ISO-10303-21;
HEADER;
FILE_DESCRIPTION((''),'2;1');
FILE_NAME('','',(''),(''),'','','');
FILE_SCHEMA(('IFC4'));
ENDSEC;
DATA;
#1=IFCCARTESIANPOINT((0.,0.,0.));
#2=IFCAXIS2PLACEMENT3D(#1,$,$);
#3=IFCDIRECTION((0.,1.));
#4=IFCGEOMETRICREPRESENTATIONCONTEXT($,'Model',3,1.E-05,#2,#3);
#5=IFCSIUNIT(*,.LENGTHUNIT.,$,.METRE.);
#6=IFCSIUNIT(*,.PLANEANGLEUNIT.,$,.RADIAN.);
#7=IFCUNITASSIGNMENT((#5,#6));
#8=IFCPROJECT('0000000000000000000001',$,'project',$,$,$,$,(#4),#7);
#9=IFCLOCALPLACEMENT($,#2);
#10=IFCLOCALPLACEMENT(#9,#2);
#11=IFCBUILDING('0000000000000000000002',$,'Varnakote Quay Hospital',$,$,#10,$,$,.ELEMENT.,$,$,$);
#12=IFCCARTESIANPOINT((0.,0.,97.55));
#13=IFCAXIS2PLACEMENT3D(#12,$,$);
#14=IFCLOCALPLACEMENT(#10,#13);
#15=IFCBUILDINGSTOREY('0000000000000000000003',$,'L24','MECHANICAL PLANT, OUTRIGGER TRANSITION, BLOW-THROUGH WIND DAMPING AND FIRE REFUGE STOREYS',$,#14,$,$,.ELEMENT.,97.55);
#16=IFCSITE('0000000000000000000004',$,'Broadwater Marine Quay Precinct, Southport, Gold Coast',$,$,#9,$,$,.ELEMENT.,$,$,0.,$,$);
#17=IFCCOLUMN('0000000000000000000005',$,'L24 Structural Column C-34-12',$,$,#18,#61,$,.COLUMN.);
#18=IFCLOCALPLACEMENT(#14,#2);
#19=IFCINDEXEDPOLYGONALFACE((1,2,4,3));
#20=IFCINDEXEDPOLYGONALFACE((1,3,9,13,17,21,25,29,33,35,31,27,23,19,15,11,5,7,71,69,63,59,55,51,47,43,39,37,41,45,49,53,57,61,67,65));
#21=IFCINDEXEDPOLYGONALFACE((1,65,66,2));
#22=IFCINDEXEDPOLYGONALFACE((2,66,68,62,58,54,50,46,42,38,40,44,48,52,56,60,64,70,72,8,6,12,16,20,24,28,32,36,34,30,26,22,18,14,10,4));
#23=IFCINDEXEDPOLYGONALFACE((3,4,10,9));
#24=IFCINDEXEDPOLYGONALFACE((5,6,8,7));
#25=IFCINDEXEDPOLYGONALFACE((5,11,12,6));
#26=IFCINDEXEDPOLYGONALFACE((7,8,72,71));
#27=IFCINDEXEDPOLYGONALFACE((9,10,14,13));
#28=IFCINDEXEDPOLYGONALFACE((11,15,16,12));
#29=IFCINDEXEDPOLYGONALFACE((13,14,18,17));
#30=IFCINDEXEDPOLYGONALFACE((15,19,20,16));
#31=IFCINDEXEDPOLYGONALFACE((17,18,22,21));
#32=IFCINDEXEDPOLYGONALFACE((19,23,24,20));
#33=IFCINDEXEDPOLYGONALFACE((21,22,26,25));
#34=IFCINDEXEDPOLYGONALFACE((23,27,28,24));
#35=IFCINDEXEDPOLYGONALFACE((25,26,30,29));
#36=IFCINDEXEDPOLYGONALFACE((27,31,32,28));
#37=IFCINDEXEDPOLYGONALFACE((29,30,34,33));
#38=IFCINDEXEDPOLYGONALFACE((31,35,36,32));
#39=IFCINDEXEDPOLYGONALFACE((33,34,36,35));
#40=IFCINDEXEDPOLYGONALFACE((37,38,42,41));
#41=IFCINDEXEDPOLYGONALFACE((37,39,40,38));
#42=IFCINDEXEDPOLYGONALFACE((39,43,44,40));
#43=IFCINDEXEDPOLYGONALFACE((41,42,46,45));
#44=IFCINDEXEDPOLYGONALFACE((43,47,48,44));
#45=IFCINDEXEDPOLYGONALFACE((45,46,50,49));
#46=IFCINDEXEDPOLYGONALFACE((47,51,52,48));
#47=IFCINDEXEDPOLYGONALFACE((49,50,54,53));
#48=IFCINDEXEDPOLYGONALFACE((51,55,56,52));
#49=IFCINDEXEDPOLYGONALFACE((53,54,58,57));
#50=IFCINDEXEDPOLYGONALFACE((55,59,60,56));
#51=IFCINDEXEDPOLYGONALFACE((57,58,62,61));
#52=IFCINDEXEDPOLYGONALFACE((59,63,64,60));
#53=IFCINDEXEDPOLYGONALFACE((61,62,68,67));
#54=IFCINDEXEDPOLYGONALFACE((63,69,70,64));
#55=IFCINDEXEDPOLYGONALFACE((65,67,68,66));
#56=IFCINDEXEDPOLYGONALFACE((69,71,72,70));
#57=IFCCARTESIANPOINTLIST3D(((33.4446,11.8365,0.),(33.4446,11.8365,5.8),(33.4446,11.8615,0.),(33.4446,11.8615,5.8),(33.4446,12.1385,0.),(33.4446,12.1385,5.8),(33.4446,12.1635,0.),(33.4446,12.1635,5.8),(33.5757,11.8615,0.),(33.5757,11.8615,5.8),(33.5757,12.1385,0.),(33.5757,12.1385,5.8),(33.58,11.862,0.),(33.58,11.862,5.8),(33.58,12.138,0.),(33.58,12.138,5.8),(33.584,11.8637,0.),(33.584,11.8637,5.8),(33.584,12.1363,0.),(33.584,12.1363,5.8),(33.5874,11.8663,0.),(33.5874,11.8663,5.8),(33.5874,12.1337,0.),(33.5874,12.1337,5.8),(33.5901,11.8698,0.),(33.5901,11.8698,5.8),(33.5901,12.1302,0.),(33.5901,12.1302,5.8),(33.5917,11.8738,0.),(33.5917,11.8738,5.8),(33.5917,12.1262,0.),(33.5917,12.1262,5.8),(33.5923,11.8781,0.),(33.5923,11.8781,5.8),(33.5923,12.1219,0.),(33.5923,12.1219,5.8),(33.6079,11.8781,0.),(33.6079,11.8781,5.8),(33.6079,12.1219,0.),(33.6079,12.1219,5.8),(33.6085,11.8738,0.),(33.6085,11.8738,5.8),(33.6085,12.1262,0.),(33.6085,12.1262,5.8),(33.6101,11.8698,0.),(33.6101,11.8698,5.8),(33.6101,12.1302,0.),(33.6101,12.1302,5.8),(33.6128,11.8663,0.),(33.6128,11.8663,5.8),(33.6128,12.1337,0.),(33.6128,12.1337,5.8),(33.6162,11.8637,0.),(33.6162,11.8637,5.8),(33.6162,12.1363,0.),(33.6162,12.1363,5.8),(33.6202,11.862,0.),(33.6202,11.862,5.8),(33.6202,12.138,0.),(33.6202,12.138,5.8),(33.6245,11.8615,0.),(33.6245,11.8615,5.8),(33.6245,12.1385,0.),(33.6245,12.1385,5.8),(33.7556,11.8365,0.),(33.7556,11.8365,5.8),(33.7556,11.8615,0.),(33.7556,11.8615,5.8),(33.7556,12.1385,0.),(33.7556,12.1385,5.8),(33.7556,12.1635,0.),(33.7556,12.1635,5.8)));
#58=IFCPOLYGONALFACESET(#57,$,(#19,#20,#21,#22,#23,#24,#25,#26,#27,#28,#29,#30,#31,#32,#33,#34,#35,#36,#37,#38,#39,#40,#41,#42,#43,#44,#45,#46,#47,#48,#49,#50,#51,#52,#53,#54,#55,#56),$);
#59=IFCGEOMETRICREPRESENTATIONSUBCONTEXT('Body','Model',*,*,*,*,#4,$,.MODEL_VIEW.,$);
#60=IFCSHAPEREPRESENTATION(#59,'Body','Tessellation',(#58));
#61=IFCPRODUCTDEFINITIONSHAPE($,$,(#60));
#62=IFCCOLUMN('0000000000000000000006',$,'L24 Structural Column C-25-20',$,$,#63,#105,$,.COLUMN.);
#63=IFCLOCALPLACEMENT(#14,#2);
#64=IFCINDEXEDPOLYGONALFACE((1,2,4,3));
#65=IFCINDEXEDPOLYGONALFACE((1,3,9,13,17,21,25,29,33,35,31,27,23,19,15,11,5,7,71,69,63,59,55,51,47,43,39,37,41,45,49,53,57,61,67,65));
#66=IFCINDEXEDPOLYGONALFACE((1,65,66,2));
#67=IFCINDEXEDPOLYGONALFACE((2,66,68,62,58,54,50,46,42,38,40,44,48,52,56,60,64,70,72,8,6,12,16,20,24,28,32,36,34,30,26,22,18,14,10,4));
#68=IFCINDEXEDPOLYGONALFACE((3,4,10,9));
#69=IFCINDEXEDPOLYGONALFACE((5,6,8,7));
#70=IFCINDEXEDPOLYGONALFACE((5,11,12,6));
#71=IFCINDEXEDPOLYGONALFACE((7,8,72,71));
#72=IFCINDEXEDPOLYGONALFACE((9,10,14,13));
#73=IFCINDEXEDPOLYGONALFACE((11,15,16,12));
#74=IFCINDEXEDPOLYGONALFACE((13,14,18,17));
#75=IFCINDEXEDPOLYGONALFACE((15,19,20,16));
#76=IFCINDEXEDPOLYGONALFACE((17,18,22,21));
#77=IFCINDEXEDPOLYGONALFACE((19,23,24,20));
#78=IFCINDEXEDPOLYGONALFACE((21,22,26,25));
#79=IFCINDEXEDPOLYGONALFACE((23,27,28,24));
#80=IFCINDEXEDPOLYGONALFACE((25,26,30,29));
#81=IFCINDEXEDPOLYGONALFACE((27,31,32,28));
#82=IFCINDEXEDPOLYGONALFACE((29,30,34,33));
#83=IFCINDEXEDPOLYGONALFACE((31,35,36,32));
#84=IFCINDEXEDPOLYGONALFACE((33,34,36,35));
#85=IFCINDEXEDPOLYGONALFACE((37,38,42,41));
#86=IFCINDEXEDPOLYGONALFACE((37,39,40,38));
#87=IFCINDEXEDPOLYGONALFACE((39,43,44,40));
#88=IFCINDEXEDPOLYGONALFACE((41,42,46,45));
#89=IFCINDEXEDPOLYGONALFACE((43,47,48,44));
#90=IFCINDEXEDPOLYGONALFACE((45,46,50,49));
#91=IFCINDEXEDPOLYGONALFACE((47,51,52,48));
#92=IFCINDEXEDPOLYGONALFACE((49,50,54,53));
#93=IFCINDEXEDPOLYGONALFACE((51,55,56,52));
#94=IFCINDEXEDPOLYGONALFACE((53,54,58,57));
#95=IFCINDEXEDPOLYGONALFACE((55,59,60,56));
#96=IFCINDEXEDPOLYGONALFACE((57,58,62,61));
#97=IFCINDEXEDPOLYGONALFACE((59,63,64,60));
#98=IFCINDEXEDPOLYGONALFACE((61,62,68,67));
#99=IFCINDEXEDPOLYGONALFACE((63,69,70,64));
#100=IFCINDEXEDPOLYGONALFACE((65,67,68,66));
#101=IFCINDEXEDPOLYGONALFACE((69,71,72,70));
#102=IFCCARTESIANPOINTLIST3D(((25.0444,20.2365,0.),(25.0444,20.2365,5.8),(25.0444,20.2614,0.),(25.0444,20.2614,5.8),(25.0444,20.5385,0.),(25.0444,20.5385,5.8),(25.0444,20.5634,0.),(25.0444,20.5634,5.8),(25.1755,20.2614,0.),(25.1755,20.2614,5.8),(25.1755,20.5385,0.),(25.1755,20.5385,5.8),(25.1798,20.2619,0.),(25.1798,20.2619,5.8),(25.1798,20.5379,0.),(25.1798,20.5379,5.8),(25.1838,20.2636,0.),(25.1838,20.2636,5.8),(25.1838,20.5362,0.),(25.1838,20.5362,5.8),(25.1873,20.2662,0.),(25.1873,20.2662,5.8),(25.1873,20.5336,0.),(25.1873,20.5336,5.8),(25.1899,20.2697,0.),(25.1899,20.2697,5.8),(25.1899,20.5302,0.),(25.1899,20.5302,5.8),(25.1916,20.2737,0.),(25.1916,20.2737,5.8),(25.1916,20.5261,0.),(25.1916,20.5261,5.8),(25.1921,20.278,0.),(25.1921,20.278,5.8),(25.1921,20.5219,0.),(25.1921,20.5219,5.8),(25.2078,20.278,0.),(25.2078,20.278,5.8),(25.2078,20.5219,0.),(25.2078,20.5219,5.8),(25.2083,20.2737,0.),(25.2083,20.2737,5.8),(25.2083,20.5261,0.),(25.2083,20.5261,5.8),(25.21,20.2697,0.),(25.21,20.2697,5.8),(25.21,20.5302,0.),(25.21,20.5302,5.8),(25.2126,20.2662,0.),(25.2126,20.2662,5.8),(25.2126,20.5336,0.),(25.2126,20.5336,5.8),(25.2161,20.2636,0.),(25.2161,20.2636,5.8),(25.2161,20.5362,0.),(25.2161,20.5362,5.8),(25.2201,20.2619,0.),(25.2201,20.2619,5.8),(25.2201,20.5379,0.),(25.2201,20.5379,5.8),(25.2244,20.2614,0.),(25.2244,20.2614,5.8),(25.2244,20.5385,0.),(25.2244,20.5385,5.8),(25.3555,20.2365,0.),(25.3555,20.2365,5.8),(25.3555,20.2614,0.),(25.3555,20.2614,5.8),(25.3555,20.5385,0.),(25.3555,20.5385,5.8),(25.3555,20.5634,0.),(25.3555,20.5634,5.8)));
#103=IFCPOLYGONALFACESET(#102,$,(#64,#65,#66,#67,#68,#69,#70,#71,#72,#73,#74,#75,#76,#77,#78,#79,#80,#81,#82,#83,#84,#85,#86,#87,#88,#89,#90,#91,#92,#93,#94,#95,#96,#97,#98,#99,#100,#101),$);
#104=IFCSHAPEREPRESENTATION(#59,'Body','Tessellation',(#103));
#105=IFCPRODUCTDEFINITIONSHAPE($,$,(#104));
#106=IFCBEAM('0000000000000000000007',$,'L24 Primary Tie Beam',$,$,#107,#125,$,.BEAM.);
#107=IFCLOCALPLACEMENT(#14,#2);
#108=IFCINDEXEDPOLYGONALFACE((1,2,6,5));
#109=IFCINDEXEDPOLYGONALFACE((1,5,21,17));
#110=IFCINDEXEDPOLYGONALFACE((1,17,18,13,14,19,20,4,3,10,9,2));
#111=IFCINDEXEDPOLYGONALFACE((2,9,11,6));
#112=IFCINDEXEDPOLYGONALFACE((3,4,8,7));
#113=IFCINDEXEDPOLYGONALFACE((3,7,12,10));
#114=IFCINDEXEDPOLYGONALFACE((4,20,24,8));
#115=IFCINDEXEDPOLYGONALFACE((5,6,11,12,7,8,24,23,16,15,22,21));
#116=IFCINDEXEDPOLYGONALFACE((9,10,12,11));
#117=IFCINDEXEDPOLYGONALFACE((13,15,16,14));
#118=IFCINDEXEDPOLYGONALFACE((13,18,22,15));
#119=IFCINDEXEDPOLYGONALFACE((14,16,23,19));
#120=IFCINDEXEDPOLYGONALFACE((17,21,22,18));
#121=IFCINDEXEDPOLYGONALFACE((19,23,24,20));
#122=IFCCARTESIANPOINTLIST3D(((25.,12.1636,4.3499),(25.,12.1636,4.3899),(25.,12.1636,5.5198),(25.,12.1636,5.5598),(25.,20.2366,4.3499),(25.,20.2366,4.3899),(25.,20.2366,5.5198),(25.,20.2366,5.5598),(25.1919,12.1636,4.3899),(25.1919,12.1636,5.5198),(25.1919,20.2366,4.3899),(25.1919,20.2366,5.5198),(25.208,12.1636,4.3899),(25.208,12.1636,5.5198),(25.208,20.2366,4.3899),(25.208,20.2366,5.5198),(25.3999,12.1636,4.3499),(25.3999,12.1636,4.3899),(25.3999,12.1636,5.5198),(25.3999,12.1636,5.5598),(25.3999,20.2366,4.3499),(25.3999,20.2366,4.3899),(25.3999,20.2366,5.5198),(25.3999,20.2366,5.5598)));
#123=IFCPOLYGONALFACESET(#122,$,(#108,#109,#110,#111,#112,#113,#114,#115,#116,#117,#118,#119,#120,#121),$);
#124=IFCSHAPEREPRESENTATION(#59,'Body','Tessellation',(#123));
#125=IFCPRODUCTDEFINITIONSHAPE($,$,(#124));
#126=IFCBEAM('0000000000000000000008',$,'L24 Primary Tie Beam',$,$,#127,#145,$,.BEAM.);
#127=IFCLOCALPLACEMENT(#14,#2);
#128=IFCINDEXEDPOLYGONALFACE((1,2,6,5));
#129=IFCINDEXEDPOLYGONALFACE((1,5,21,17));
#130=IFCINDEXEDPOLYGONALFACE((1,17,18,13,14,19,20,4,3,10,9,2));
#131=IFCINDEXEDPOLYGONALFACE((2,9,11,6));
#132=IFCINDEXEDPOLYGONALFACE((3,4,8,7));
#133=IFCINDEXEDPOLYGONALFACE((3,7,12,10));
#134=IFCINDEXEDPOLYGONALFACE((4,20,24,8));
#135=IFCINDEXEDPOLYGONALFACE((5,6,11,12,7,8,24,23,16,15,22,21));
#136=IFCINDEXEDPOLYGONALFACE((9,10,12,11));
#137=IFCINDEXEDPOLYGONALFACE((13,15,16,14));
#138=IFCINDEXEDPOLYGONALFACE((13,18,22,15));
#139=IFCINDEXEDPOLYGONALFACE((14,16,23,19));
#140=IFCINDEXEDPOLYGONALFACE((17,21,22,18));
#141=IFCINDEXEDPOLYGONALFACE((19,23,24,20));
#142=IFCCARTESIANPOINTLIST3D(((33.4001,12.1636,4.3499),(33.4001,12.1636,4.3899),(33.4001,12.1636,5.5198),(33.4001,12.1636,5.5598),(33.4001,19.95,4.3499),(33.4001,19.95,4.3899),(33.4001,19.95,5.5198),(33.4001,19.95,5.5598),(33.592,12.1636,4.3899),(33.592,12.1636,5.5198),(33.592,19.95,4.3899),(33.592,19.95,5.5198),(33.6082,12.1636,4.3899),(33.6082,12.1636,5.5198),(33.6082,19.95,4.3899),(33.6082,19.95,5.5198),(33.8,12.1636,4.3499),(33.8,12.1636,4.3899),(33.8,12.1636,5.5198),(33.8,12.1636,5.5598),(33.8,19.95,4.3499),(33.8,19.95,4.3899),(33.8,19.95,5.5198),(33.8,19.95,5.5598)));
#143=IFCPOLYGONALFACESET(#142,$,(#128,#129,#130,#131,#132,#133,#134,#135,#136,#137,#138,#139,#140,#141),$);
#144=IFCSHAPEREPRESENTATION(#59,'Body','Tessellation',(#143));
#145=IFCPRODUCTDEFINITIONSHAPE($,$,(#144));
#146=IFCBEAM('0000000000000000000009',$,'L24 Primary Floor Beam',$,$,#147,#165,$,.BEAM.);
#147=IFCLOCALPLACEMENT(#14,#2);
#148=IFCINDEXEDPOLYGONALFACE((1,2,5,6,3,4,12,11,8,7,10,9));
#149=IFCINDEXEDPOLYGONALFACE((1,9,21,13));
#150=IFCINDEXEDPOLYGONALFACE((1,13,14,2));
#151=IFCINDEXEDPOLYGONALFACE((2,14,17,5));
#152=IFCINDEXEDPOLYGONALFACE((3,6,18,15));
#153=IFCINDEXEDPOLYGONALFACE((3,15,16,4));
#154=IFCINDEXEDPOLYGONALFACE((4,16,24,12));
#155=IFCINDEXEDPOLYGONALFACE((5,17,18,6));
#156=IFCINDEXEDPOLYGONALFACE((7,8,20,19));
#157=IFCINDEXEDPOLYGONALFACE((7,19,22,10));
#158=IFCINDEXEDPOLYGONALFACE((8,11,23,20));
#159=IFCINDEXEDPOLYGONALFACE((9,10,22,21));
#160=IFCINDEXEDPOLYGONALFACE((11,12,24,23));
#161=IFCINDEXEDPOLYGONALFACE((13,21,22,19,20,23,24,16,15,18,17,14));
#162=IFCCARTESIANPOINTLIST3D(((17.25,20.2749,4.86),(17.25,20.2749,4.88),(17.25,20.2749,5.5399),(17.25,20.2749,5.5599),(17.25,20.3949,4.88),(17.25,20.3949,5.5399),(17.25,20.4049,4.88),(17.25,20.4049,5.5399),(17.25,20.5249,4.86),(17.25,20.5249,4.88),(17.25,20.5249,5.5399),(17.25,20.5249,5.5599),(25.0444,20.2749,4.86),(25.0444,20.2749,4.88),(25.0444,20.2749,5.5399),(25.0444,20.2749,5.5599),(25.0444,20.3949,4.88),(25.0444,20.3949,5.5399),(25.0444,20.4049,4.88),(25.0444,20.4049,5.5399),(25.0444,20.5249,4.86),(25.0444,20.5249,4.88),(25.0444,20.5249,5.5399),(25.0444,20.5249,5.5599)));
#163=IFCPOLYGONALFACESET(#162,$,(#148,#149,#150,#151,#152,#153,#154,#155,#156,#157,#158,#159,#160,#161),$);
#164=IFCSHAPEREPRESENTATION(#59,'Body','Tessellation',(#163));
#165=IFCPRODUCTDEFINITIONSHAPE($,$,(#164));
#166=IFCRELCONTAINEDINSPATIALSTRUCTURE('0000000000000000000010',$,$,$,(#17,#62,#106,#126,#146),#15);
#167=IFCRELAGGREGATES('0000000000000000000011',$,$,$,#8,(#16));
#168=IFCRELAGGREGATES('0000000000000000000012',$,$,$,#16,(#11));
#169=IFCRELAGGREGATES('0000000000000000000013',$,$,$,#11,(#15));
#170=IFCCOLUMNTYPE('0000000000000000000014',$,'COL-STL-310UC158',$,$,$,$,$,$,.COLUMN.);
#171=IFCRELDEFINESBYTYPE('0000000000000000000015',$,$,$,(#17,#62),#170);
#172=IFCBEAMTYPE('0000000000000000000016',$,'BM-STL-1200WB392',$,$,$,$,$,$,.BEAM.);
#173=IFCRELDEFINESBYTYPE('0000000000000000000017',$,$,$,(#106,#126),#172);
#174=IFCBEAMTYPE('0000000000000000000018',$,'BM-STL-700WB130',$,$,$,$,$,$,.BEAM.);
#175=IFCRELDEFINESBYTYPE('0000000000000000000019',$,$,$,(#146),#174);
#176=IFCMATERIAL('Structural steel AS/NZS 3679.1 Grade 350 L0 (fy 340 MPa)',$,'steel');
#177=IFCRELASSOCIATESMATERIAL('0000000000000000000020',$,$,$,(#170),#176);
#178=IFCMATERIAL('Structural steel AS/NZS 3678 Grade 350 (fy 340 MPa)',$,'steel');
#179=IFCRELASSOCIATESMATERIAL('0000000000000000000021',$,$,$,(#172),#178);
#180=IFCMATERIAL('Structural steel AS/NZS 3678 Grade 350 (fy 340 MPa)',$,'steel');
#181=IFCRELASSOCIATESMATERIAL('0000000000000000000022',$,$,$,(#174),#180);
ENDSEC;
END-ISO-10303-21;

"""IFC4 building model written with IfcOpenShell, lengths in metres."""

from ifc_helpers import new_model, si_unit, direction, frame, origin, origin_2d, place, context, subcontext, project, spatial, i_section, extrude, material, material_profile, profile_set, type_object, element, save


model = new_model("IFC4")

# Units and contexts
model_context = context("Model", 3, precision=1e-05, world=origin(), true_north=direction((0.0, 1.0)))
body_context = subcontext(model_context, "Body", "Model", "MODEL_VIEW")
ifc_project = project(units=[si_unit("LENGTHUNIT", "METRE"), si_unit("PLANEANGLEUNIT", "RADIAN")], contexts=[model_context])

# Site, building, storey
site_placement = place(None, origin())
site = spatial("IfcSite", under=ifc_project, at=site_placement, Name="Broadwater Marine Quay Precinct, Southport, Gold Coast", CompositionType="ELEMENT", RefElevation=0.0)
building_placement = place(site_placement, origin())
building = spatial("IfcBuilding", under=site, at=building_placement, Name="Varnakote Quay Hospital", CompositionType="ELEMENT")
storey_placement = place(building_placement, frame((0.0, 0.0, 97.55)))
storey = spatial("IfcBuildingStorey", under=building, at=storey_placement, Name="L24", Description="MECHANICAL PLANT, OUTRIGGER TRANSITION, BLOW-THROUGH WIND DAMPING AND FIRE REFUGE STOREYS", CompositionType="ELEMENT", Elevation=97.55)

# Columns
ifc_material_1 = material(Name="Structural steel AS/NZS 3679.1 Grade 350 L0 (fy 340 MPa)", Category="steel")
ifc_material_profile_1 = material_profile(ifc_material_1, i_section(OverallWidth=0.311, OverallDepth=0.3269, WebThickness=0.0156, FlangeThickness=0.0249, FilletRadius=0.0166, at=origin_2d()), Name="310UC158")
ifc_profile_set_1 = profile_set([ifc_material_profile_1], Name="Structural steel AS/NZS 3679.1 Grade 350 L0 (fy 340 MPa)")
column_type = type_object("IfcColumnType", Name="COL-STL-310UC158", PredefinedType="COLUMN", material=ifc_profile_set_1)
for number, where, z_axis, x_axis, name in (
    (1, (33.6001, 12.0, 0.0), (0.0, 0.0, 1.0), (1.0, 0.0, 0.0), "L24 Structural Column C-34-12"),
    (2, (25.2, 20.3999, 0.0), (0.0, 0.0, 1.0), (1.0, 0.0, 0.0), "L24 Structural Column C-25-20"),
):
    element("IfcColumn", number, at=place(storey_placement, frame(where, z_axis=z_axis, x_axis=x_axis)), inside=storey, type_object=column_type, Name=name, PredefinedType="COLUMN", context=body_context, shape_type="SweptSolid", body=[
        extrude(i_section(OverallWidth=0.311, OverallDepth=0.3269, WebThickness=0.0156, FlangeThickness=0.0249, FilletRadius=0.0166, at=origin_2d()), origin(), (0.0, 0.0, 1.0), 5.8),
    ])

# Beams
ifc_material_2 = material(Name="Structural steel AS/NZS 3678 Grade 350 (fy 340 MPa)", Category="steel")
ifc_material_profile_2 = material_profile(ifc_material_2, i_section(OverallWidth=0.3999, OverallDepth=1.21, WebThickness=0.0161, FlangeThickness=0.04, at=origin_2d()), Name="1200WB392")
ifc_profile_set_2 = profile_set([ifc_material_profile_2], Name="Structural steel AS/NZS 3678 Grade 350 (fy 340 MPa)")
beam_type_1 = type_object("IfcBeamType", Name="BM-STL-1200WB392", PredefinedType="BEAM", material=ifc_profile_set_2)
beam_1_placement = place(storey_placement, frame((25.2, 12.1636, 4.9548), z_axis=(0.0, 1.0, 0.0), x_axis=(-1.0, 0.0, 0.0)))
element("IfcBeam", 3, at=beam_1_placement, inside=storey, type_object=beam_type_1, Name="L24 Primary Tie Beam", PredefinedType="BEAM", context=body_context, shape_type="SweptSolid", body=[
    extrude(i_section(OverallWidth=0.3999, OverallDepth=1.21, WebThickness=0.0161, FlangeThickness=0.04, at=origin_2d()), origin(), (0.0, 0.0, 1.0), 8.073),
])
beam_2_placement = place(storey_placement, frame((33.6001, 12.1636, 4.9548), z_axis=(0.0, 1.0, 0.0), x_axis=(-1.0, 0.0, 0.0)))
element("IfcBeam", 4, at=beam_2_placement, inside=storey, type_object=beam_type_1, Name="L24 Primary Tie Beam", PredefinedType="BEAM", context=body_context, shape_type="SweptSolid", body=[
    extrude(i_section(OverallWidth=0.3999, OverallDepth=1.21, WebThickness=0.0161, FlangeThickness=0.04, at=origin_2d()), origin(), (0.0, 0.0, 1.0), 7.7864),
])
ifc_material_3 = material(Name="Structural steel AS/NZS 3678 Grade 350 (fy 340 MPa)", Category="steel")
ifc_material_profile_3 = material_profile(ifc_material_3, i_section(OverallWidth=0.25, OverallDepth=0.7, WebThickness=0.01, FlangeThickness=0.02, at=origin_2d()), Name="700WB130")
ifc_profile_set_3 = profile_set([ifc_material_profile_3], Name="Structural steel AS/NZS 3678 Grade 350 (fy 340 MPa)")
beam_type_2 = type_object("IfcBeamType", Name="BM-STL-700WB130", PredefinedType="BEAM", material=ifc_profile_set_3)
beam_3_placement = place(storey_placement, frame((17.25, 20.3999, 5.21), z_axis=(1.0, 0.0, 0.0), x_axis=(0.0, 1.0, 0.0)))
element("IfcBeam", 5, at=beam_3_placement, inside=storey, type_object=beam_type_2, Name="L24 Primary Floor Beam", PredefinedType="BEAM", context=body_context, shape_type="SweptSolid", body=[
    extrude(i_section(OverallWidth=0.25, OverallDepth=0.7, WebThickness=0.01, FlangeThickness=0.02, at=origin_2d()), origin(), (0.0, 0.0, 1.0), 7.7944),
])

save(model, "model.ifc")
